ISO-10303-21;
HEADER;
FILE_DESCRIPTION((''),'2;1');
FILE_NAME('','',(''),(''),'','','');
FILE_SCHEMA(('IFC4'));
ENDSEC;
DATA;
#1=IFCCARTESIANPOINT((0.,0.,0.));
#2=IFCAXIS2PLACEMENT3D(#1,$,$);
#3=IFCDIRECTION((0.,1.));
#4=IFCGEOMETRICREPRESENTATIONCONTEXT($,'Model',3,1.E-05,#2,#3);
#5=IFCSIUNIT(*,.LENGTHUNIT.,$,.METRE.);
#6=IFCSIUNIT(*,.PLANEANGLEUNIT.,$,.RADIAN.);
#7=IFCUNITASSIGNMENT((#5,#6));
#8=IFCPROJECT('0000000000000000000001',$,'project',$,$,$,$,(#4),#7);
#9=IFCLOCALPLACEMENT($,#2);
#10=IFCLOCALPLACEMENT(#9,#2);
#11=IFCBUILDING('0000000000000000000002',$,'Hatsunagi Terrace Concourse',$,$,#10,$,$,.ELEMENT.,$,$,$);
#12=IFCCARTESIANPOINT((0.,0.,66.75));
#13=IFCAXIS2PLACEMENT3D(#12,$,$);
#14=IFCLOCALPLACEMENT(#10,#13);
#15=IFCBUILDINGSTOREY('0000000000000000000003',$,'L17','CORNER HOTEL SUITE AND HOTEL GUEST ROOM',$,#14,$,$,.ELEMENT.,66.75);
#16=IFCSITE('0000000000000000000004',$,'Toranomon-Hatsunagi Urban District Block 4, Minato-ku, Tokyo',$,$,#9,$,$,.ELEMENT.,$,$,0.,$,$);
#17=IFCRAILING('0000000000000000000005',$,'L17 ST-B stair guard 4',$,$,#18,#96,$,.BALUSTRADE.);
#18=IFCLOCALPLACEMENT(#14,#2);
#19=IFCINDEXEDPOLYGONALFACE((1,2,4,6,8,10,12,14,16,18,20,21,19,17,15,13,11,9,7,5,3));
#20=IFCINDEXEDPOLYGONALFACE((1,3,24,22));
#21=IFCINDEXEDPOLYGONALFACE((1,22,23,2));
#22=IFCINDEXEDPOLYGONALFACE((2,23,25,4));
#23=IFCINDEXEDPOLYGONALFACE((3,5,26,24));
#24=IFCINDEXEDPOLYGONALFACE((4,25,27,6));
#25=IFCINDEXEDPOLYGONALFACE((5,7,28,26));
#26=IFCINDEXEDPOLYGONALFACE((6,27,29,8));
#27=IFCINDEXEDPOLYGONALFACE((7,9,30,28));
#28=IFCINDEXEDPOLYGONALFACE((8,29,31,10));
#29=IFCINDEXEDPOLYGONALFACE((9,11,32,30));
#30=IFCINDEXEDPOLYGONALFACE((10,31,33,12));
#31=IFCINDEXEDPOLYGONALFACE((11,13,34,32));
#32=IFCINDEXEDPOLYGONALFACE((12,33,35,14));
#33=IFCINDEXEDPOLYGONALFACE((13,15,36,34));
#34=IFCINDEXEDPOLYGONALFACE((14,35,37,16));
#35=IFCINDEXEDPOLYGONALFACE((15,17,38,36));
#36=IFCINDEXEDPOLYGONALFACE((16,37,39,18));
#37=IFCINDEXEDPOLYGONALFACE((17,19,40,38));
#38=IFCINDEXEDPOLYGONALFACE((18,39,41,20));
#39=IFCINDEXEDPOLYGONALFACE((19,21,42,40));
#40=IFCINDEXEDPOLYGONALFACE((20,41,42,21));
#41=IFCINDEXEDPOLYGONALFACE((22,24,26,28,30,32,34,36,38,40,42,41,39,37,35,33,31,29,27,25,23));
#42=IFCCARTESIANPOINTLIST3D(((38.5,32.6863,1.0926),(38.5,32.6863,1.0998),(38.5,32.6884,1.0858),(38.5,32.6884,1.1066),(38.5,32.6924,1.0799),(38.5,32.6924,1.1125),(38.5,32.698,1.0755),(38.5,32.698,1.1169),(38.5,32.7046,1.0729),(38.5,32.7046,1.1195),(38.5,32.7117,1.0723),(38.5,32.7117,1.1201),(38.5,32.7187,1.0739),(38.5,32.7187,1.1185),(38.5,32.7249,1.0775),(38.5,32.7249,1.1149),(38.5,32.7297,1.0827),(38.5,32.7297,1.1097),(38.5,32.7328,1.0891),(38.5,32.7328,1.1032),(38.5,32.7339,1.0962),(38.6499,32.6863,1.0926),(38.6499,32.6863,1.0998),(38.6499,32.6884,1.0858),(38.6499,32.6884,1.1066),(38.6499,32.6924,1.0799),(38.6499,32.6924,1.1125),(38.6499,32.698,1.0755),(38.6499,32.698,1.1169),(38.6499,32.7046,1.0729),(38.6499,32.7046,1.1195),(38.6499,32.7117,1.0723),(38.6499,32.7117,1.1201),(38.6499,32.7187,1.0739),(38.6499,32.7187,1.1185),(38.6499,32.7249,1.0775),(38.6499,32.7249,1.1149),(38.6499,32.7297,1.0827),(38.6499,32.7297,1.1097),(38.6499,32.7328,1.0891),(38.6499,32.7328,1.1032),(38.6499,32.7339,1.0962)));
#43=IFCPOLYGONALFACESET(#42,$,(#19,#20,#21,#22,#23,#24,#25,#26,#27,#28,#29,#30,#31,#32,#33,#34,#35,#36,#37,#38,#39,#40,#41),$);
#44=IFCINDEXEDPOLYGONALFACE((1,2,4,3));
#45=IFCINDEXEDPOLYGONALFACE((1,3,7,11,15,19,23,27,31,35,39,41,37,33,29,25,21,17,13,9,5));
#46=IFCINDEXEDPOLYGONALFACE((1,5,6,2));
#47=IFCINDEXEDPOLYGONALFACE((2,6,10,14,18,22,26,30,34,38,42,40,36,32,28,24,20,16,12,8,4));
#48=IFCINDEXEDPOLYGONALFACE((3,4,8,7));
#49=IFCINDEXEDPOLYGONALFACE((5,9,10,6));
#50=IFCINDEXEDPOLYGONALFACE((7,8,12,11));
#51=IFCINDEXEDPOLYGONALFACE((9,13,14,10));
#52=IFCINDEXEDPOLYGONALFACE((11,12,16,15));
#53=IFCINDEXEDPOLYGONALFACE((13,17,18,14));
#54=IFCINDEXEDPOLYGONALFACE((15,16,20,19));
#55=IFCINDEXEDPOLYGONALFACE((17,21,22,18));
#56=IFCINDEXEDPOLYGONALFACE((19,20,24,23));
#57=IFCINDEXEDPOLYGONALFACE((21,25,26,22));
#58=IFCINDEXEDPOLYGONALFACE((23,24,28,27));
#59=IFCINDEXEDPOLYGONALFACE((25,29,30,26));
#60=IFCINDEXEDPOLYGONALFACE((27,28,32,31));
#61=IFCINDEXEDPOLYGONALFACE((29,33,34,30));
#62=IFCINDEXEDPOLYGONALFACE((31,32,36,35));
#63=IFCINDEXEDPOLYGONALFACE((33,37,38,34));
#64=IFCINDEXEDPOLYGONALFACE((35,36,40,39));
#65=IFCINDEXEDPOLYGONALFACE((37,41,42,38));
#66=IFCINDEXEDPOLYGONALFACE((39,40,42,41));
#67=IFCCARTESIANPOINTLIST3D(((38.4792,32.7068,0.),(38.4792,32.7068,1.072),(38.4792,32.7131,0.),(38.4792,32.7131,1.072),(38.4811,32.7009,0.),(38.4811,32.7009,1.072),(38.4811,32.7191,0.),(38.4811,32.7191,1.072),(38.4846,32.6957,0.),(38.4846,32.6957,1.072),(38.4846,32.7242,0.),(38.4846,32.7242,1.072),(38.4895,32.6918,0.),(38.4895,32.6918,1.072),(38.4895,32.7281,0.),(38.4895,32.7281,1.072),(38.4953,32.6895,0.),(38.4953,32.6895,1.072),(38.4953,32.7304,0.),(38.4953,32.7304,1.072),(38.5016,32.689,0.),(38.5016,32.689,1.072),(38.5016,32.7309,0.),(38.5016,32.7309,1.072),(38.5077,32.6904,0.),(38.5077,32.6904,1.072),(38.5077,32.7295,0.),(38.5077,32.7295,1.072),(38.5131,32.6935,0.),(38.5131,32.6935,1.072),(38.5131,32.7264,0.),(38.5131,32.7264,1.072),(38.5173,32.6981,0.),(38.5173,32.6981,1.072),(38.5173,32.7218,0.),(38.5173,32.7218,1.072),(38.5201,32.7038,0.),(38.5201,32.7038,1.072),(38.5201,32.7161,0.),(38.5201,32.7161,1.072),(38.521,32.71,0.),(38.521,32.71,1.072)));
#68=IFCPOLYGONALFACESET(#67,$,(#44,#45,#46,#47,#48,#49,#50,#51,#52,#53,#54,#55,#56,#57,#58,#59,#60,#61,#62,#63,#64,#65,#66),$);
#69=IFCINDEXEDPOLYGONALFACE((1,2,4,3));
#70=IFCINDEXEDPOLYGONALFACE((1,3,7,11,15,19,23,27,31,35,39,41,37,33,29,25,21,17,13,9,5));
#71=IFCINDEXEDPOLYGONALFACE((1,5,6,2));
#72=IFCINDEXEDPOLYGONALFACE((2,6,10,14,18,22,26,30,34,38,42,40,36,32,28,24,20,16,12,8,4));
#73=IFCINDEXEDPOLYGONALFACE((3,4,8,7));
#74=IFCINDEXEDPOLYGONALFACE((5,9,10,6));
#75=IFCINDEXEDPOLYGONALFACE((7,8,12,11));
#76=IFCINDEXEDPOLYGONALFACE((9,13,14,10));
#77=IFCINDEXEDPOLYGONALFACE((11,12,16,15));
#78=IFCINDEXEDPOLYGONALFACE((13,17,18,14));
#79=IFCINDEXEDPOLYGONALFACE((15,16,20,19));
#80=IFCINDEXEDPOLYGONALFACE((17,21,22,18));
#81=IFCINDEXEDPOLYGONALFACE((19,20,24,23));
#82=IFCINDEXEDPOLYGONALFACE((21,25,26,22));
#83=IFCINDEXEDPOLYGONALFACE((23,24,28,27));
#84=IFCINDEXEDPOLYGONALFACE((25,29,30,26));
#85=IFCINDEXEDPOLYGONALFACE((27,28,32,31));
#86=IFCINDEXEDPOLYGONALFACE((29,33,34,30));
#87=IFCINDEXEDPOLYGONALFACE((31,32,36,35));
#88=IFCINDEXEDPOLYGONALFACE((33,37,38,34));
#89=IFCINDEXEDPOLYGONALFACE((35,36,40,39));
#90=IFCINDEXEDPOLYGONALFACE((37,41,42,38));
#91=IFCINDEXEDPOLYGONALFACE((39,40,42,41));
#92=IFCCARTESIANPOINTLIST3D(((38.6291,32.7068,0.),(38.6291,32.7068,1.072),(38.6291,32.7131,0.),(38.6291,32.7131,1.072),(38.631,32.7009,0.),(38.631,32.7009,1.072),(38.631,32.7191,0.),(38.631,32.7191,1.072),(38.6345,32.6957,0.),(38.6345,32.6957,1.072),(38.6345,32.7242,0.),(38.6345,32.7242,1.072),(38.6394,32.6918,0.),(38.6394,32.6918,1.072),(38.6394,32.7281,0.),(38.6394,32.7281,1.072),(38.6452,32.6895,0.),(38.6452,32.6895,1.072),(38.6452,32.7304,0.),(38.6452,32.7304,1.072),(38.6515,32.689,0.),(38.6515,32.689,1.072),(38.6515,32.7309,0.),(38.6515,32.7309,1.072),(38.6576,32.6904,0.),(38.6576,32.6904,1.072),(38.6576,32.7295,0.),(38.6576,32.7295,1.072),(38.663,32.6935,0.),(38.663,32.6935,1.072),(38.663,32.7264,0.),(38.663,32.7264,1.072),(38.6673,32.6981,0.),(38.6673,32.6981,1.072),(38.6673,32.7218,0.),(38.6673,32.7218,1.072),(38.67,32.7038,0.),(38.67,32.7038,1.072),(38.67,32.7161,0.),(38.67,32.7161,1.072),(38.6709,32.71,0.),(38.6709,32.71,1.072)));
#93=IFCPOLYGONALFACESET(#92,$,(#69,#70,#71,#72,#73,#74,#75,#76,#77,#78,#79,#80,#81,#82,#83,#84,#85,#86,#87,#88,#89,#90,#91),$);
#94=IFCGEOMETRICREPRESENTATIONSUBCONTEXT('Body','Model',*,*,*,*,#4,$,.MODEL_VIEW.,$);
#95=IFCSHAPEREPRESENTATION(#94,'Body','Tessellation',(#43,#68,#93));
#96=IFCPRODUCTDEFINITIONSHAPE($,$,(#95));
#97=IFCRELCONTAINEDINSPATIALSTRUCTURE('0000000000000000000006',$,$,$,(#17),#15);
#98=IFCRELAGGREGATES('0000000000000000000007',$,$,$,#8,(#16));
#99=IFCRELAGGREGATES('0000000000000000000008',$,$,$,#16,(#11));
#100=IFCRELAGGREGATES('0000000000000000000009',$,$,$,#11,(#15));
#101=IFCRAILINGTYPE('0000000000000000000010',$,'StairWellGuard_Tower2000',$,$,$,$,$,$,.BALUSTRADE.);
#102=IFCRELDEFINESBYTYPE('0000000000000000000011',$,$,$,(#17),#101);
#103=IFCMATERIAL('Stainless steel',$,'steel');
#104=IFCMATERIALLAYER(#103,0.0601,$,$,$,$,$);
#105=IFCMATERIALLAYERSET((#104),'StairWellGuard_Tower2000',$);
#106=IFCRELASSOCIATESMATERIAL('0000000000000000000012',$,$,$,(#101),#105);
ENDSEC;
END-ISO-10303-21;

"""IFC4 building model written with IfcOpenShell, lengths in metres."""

from ifc_helpers import new_model, si_unit, direction, frame, origin, origin_2d, place, context, subcontext, project, spatial, circle, extrude, material, layer, layer_set, type_object, element, save


model = new_model("IFC4")

# Units and contexts
model_context = context("Model", 3, precision=1e-05, world=origin(), true_north=direction((0.0, 1.0)))
body_context = subcontext(model_context, "Body", "Model", "MODEL_VIEW")
ifc_project = project(units=[si_unit("LENGTHUNIT", "METRE"), si_unit("PLANEANGLEUNIT", "RADIAN")], contexts=[model_context])

# Site, building, storey
site_placement = place(None, origin())
site = spatial("IfcSite", under=ifc_project, at=site_placement, Name="Toranomon-Hatsunagi Urban District Block 4, Minato-ku, Tokyo", CompositionType="ELEMENT", RefElevation=0.0)
building_placement = place(site_placement, origin())
building = spatial("IfcBuilding", under=site, at=building_placement, Name="Hatsunagi Terrace Concourse", CompositionType="ELEMENT")
storey_placement = place(building_placement, frame((0.0, 0.0, 66.75)))
storey = spatial("IfcBuildingStorey", under=building, at=storey_placement, Name="L17", Description="CORNER HOTEL SUITE AND HOTEL GUEST ROOM", CompositionType="ELEMENT", Elevation=66.75)

# Railing
ifc_material_1 = material(Name="Stainless steel", Category="steel")
ifc_layer_1 = layer(ifc_material_1, 0.0601)
ifc_layer_set_1 = layer_set([ifc_layer_1], Name="StairWellGuard_Tower2000")
railing_type_1 = type_object("IfcRailingType", Name="StairWellGuard_Tower2000", PredefinedType="BALUSTRADE", material=ifc_layer_set_1)
railing_1_placement = place(storey_placement, frame((38.5, 32.71, 0.0)))
element("IfcRailing", 1, at=railing_1_placement, inside=storey, type_object=railing_type_1, Name="L17 ST-B stair guard 4", PredefinedType="BALUSTRADE", context=body_context, shape_type="SweptSolid", body=[
    extrude(circle(Radius=0.0239, at=origin_2d()), frame((0.0, 0.0, 1.0962), z_axis=(1.0, 0.0, 0.0), x_axis=(0.0, 1.0, 0.0)), (0.0, 0.0, 1.0), 0.1499),
    extrude(circle(Radius=0.021, at=origin_2d()), origin(), (0.0, 0.0, 1.0), 1.072),
    extrude(circle(Radius=0.021, at=origin_2d()), frame((0.1499, 0.0, 0.0)), (0.0, 0.0, 1.0), 1.072),
])

save(model, "model.ifc")
